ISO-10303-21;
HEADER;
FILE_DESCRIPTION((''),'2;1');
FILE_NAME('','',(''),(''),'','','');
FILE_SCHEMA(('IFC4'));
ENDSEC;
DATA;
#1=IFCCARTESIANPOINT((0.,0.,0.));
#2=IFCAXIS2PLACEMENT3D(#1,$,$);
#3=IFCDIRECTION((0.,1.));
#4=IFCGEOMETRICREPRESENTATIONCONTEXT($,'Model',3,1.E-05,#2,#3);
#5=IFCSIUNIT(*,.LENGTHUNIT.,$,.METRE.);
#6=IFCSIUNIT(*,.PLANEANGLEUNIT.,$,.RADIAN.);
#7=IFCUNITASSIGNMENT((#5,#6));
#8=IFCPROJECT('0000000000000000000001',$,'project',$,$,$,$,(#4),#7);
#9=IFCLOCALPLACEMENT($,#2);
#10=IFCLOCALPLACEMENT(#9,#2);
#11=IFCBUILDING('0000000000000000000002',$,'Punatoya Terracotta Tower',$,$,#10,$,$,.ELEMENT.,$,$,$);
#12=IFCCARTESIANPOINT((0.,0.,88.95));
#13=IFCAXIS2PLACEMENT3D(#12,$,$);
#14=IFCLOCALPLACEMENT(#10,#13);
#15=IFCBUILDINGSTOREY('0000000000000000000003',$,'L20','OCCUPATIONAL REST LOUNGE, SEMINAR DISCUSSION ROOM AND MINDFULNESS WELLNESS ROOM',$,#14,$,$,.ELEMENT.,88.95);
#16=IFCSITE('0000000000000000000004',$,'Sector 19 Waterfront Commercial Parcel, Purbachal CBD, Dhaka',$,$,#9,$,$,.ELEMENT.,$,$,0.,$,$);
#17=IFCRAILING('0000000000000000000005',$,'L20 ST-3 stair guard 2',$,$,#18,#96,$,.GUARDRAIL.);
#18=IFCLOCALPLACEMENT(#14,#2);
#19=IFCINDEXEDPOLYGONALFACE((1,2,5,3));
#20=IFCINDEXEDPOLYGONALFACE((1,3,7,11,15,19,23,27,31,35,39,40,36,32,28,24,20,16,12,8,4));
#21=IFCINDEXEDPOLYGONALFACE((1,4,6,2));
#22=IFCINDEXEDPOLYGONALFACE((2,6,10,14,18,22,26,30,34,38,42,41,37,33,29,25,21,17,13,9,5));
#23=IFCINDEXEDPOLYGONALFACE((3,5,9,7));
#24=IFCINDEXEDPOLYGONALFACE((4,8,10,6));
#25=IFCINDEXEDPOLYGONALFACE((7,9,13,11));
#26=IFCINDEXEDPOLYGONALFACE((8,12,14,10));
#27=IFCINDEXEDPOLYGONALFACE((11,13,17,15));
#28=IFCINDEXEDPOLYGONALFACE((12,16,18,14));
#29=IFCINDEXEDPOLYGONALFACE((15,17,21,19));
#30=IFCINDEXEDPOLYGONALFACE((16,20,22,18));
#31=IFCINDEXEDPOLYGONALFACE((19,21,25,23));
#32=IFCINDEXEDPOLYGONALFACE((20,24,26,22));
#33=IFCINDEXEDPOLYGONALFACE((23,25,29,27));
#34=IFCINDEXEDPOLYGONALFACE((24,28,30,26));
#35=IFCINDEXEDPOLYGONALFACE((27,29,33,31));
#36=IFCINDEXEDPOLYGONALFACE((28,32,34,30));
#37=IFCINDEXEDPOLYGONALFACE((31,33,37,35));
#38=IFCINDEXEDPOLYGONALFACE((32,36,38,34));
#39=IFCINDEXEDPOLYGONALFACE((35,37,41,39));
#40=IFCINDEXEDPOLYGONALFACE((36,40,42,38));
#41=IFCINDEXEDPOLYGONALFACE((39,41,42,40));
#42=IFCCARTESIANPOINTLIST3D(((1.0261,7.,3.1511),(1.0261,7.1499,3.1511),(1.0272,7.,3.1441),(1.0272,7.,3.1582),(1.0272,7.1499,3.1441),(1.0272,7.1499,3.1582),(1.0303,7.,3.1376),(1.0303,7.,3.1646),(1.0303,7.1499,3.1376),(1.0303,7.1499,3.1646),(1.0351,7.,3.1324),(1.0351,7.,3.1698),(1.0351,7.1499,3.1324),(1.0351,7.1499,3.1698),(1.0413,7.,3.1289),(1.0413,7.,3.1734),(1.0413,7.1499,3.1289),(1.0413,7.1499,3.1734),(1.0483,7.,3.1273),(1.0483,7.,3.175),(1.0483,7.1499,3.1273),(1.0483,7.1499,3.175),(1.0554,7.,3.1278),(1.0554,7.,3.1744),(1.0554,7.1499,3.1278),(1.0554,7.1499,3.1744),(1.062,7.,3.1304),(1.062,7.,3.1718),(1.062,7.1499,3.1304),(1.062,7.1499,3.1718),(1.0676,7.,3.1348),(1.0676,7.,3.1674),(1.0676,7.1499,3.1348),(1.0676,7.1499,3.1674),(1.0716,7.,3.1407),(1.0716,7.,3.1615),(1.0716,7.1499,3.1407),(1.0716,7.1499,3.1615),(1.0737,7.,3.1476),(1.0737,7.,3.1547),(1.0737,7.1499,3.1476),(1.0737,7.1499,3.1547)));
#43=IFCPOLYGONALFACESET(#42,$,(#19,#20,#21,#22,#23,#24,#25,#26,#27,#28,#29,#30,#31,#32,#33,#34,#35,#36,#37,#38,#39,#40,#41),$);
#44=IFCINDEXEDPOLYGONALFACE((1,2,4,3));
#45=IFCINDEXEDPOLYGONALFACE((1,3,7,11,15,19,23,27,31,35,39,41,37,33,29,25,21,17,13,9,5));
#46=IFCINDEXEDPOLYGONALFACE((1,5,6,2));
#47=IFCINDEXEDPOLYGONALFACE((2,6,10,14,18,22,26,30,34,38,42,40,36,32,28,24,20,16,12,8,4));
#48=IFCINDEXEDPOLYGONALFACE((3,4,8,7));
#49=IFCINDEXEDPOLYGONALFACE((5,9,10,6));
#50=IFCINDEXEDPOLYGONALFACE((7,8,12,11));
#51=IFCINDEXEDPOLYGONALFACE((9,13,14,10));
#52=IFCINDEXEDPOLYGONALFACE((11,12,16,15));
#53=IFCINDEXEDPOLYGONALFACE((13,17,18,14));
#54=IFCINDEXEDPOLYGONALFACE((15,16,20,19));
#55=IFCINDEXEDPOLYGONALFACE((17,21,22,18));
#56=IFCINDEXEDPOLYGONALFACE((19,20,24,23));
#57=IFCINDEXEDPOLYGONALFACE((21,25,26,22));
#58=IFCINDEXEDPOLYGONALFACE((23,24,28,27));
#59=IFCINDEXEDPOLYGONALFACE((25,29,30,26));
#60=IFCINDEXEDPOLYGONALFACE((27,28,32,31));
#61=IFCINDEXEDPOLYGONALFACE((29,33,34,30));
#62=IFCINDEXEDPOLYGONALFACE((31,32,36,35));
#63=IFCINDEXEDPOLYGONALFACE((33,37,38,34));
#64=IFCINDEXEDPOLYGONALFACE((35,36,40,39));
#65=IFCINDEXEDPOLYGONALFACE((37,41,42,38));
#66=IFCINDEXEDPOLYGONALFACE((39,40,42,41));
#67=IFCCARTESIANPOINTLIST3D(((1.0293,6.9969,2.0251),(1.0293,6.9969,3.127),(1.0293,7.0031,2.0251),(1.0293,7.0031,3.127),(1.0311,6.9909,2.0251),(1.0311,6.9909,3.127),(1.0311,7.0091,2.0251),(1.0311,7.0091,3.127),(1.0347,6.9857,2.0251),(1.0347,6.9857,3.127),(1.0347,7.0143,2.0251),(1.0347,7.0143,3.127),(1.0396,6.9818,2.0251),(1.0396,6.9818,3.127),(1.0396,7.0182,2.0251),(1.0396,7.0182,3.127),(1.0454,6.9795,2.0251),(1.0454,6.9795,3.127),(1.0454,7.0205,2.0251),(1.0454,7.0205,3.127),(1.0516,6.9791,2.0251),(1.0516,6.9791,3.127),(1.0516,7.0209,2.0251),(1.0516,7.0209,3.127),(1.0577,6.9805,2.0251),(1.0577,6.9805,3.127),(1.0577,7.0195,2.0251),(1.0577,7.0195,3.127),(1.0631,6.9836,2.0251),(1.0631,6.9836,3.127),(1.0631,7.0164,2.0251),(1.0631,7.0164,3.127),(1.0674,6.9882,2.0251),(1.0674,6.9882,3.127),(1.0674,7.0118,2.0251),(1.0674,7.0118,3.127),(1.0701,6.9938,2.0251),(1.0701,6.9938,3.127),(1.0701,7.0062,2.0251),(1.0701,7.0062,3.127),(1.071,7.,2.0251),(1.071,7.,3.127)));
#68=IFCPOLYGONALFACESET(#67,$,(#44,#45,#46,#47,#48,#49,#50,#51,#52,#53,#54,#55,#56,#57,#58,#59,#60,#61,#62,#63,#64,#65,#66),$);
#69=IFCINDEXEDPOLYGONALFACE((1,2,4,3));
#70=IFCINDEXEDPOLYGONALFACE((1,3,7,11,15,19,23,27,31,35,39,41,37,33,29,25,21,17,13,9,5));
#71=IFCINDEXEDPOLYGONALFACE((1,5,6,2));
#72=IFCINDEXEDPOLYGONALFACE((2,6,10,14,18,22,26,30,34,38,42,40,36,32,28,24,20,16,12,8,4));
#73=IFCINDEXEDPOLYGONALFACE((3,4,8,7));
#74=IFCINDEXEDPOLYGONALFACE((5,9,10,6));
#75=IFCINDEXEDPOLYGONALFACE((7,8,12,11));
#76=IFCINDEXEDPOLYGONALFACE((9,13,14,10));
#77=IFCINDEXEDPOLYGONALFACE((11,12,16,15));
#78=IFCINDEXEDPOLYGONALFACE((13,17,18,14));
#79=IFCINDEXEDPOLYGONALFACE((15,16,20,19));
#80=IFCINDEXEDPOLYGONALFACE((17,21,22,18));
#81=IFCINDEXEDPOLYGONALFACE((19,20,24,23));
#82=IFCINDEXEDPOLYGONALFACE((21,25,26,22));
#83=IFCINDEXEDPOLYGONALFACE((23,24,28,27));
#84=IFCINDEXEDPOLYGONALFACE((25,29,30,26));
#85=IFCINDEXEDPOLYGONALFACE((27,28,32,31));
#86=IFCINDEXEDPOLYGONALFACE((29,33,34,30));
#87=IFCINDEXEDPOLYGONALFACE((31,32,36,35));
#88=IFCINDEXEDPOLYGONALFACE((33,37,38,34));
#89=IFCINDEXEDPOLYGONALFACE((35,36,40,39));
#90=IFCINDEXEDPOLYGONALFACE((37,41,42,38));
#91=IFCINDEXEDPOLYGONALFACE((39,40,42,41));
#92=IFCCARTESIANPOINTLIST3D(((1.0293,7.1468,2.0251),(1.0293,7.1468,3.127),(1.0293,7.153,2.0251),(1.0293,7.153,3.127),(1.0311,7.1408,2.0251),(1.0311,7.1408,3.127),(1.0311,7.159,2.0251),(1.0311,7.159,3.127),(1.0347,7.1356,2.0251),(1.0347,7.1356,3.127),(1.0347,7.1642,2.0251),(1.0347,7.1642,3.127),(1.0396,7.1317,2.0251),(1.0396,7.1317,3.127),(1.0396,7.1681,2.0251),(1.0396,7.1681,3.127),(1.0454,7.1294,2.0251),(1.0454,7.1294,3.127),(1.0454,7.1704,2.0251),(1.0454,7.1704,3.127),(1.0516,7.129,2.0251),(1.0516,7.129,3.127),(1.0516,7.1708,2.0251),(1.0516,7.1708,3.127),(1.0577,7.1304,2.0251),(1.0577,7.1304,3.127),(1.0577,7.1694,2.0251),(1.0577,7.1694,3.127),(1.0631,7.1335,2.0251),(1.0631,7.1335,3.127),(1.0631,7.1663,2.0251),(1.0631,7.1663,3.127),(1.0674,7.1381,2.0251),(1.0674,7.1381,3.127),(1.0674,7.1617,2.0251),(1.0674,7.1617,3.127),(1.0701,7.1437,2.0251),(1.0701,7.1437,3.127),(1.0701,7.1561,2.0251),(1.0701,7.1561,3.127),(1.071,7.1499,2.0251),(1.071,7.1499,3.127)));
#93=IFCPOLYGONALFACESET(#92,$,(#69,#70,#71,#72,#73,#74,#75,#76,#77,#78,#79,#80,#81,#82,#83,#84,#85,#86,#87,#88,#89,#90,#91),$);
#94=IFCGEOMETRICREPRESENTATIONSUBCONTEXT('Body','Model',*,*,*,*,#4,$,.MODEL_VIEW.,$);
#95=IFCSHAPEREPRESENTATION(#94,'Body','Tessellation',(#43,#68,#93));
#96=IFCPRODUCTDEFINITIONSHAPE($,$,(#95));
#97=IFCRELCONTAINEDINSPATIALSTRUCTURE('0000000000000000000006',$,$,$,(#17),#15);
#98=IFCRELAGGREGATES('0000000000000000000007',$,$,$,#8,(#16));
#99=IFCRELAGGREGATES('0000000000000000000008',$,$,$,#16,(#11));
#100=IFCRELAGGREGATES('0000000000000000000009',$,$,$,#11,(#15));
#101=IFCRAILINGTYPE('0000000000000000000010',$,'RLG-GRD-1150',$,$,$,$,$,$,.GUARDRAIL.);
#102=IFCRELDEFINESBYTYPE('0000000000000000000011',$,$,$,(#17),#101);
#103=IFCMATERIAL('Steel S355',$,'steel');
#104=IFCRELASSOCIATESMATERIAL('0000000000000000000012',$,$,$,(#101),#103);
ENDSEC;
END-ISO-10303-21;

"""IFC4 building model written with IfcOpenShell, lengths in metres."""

from ifc_helpers import new_model, si_unit, direction, frame, origin, origin_2d, place, context, subcontext, project, spatial, circle, extrude, material, type_object, element, save


model = new_model("IFC4")

# Units and contexts
model_context = context("Model", 3, precision=1e-05, world=origin(), true_north=direction((0.0, 1.0)))
body_context = subcontext(model_context, "Body", "Model", "MODEL_VIEW")
ifc_project = project(units=[si_unit("LENGTHUNIT", "METRE"), si_unit("PLANEANGLEUNIT", "RADIAN")], contexts=[model_context])

# Site, building, storey
site_placement = place(None, origin())
site = spatial("IfcSite", under=ifc_project, at=site_placement, Name="Sector 19 Waterfront Commercial Parcel, Purbachal CBD, Dhaka", CompositionType="ELEMENT", RefElevation=0.0)
building_placement = place(site_placement, origin())
building = spatial("IfcBuilding", under=site, at=building_placement, Name="Punatoya Terracotta Tower", CompositionType="ELEMENT")
storey_placement = place(building_placement, frame((0.0, 0.0, 88.95)))
storey = spatial("IfcBuildingStorey", under=building, at=storey_placement, Name="L20", Description="OCCUPATIONAL REST LOUNGE, SEMINAR DISCUSSION ROOM AND MINDFULNESS WELLNESS ROOM", CompositionType="ELEMENT", Elevation=88.95)

# Shared definitions
ifc_material_1 = material(Name="Steel S355", Category="steel")

# Railing
railing_type_1 = type_object("IfcRailingType", Name="RLG-GRD-1150", PredefinedType="GUARDRAIL", material=ifc_material_1)
railing_1_placement = place(storey_placement, frame((1.05, 7.0, 2.0251)))
element("IfcRailing", 1, at=railing_1_placement, inside=storey, type_object=railing_type_1, Name="L20 ST-3 stair guard 2", PredefinedType="GUARDRAIL", context=body_context, shape_type="SweptSolid", body=[
    extrude(circle(Radius=0.0239, at=origin_2d()), frame((0.0, 0.0, 1.126), z_axis=(0.0, 1.0, 0.0), x_axis=(-1.0, 0.0, 0.0)), (0.0, 0.0, 1.0), 0.1499),
    extrude(circle(Radius=0.021, at=origin_2d()), origin(), (0.0, 0.0, 1.0), 1.1018),
    extrude(circle(Radius=0.021, at=origin_2d()), frame((0.0, 0.1499, 0.0)), (0.0, 0.0, 1.0), 1.1018),
])

save(model, "model.ifc")
